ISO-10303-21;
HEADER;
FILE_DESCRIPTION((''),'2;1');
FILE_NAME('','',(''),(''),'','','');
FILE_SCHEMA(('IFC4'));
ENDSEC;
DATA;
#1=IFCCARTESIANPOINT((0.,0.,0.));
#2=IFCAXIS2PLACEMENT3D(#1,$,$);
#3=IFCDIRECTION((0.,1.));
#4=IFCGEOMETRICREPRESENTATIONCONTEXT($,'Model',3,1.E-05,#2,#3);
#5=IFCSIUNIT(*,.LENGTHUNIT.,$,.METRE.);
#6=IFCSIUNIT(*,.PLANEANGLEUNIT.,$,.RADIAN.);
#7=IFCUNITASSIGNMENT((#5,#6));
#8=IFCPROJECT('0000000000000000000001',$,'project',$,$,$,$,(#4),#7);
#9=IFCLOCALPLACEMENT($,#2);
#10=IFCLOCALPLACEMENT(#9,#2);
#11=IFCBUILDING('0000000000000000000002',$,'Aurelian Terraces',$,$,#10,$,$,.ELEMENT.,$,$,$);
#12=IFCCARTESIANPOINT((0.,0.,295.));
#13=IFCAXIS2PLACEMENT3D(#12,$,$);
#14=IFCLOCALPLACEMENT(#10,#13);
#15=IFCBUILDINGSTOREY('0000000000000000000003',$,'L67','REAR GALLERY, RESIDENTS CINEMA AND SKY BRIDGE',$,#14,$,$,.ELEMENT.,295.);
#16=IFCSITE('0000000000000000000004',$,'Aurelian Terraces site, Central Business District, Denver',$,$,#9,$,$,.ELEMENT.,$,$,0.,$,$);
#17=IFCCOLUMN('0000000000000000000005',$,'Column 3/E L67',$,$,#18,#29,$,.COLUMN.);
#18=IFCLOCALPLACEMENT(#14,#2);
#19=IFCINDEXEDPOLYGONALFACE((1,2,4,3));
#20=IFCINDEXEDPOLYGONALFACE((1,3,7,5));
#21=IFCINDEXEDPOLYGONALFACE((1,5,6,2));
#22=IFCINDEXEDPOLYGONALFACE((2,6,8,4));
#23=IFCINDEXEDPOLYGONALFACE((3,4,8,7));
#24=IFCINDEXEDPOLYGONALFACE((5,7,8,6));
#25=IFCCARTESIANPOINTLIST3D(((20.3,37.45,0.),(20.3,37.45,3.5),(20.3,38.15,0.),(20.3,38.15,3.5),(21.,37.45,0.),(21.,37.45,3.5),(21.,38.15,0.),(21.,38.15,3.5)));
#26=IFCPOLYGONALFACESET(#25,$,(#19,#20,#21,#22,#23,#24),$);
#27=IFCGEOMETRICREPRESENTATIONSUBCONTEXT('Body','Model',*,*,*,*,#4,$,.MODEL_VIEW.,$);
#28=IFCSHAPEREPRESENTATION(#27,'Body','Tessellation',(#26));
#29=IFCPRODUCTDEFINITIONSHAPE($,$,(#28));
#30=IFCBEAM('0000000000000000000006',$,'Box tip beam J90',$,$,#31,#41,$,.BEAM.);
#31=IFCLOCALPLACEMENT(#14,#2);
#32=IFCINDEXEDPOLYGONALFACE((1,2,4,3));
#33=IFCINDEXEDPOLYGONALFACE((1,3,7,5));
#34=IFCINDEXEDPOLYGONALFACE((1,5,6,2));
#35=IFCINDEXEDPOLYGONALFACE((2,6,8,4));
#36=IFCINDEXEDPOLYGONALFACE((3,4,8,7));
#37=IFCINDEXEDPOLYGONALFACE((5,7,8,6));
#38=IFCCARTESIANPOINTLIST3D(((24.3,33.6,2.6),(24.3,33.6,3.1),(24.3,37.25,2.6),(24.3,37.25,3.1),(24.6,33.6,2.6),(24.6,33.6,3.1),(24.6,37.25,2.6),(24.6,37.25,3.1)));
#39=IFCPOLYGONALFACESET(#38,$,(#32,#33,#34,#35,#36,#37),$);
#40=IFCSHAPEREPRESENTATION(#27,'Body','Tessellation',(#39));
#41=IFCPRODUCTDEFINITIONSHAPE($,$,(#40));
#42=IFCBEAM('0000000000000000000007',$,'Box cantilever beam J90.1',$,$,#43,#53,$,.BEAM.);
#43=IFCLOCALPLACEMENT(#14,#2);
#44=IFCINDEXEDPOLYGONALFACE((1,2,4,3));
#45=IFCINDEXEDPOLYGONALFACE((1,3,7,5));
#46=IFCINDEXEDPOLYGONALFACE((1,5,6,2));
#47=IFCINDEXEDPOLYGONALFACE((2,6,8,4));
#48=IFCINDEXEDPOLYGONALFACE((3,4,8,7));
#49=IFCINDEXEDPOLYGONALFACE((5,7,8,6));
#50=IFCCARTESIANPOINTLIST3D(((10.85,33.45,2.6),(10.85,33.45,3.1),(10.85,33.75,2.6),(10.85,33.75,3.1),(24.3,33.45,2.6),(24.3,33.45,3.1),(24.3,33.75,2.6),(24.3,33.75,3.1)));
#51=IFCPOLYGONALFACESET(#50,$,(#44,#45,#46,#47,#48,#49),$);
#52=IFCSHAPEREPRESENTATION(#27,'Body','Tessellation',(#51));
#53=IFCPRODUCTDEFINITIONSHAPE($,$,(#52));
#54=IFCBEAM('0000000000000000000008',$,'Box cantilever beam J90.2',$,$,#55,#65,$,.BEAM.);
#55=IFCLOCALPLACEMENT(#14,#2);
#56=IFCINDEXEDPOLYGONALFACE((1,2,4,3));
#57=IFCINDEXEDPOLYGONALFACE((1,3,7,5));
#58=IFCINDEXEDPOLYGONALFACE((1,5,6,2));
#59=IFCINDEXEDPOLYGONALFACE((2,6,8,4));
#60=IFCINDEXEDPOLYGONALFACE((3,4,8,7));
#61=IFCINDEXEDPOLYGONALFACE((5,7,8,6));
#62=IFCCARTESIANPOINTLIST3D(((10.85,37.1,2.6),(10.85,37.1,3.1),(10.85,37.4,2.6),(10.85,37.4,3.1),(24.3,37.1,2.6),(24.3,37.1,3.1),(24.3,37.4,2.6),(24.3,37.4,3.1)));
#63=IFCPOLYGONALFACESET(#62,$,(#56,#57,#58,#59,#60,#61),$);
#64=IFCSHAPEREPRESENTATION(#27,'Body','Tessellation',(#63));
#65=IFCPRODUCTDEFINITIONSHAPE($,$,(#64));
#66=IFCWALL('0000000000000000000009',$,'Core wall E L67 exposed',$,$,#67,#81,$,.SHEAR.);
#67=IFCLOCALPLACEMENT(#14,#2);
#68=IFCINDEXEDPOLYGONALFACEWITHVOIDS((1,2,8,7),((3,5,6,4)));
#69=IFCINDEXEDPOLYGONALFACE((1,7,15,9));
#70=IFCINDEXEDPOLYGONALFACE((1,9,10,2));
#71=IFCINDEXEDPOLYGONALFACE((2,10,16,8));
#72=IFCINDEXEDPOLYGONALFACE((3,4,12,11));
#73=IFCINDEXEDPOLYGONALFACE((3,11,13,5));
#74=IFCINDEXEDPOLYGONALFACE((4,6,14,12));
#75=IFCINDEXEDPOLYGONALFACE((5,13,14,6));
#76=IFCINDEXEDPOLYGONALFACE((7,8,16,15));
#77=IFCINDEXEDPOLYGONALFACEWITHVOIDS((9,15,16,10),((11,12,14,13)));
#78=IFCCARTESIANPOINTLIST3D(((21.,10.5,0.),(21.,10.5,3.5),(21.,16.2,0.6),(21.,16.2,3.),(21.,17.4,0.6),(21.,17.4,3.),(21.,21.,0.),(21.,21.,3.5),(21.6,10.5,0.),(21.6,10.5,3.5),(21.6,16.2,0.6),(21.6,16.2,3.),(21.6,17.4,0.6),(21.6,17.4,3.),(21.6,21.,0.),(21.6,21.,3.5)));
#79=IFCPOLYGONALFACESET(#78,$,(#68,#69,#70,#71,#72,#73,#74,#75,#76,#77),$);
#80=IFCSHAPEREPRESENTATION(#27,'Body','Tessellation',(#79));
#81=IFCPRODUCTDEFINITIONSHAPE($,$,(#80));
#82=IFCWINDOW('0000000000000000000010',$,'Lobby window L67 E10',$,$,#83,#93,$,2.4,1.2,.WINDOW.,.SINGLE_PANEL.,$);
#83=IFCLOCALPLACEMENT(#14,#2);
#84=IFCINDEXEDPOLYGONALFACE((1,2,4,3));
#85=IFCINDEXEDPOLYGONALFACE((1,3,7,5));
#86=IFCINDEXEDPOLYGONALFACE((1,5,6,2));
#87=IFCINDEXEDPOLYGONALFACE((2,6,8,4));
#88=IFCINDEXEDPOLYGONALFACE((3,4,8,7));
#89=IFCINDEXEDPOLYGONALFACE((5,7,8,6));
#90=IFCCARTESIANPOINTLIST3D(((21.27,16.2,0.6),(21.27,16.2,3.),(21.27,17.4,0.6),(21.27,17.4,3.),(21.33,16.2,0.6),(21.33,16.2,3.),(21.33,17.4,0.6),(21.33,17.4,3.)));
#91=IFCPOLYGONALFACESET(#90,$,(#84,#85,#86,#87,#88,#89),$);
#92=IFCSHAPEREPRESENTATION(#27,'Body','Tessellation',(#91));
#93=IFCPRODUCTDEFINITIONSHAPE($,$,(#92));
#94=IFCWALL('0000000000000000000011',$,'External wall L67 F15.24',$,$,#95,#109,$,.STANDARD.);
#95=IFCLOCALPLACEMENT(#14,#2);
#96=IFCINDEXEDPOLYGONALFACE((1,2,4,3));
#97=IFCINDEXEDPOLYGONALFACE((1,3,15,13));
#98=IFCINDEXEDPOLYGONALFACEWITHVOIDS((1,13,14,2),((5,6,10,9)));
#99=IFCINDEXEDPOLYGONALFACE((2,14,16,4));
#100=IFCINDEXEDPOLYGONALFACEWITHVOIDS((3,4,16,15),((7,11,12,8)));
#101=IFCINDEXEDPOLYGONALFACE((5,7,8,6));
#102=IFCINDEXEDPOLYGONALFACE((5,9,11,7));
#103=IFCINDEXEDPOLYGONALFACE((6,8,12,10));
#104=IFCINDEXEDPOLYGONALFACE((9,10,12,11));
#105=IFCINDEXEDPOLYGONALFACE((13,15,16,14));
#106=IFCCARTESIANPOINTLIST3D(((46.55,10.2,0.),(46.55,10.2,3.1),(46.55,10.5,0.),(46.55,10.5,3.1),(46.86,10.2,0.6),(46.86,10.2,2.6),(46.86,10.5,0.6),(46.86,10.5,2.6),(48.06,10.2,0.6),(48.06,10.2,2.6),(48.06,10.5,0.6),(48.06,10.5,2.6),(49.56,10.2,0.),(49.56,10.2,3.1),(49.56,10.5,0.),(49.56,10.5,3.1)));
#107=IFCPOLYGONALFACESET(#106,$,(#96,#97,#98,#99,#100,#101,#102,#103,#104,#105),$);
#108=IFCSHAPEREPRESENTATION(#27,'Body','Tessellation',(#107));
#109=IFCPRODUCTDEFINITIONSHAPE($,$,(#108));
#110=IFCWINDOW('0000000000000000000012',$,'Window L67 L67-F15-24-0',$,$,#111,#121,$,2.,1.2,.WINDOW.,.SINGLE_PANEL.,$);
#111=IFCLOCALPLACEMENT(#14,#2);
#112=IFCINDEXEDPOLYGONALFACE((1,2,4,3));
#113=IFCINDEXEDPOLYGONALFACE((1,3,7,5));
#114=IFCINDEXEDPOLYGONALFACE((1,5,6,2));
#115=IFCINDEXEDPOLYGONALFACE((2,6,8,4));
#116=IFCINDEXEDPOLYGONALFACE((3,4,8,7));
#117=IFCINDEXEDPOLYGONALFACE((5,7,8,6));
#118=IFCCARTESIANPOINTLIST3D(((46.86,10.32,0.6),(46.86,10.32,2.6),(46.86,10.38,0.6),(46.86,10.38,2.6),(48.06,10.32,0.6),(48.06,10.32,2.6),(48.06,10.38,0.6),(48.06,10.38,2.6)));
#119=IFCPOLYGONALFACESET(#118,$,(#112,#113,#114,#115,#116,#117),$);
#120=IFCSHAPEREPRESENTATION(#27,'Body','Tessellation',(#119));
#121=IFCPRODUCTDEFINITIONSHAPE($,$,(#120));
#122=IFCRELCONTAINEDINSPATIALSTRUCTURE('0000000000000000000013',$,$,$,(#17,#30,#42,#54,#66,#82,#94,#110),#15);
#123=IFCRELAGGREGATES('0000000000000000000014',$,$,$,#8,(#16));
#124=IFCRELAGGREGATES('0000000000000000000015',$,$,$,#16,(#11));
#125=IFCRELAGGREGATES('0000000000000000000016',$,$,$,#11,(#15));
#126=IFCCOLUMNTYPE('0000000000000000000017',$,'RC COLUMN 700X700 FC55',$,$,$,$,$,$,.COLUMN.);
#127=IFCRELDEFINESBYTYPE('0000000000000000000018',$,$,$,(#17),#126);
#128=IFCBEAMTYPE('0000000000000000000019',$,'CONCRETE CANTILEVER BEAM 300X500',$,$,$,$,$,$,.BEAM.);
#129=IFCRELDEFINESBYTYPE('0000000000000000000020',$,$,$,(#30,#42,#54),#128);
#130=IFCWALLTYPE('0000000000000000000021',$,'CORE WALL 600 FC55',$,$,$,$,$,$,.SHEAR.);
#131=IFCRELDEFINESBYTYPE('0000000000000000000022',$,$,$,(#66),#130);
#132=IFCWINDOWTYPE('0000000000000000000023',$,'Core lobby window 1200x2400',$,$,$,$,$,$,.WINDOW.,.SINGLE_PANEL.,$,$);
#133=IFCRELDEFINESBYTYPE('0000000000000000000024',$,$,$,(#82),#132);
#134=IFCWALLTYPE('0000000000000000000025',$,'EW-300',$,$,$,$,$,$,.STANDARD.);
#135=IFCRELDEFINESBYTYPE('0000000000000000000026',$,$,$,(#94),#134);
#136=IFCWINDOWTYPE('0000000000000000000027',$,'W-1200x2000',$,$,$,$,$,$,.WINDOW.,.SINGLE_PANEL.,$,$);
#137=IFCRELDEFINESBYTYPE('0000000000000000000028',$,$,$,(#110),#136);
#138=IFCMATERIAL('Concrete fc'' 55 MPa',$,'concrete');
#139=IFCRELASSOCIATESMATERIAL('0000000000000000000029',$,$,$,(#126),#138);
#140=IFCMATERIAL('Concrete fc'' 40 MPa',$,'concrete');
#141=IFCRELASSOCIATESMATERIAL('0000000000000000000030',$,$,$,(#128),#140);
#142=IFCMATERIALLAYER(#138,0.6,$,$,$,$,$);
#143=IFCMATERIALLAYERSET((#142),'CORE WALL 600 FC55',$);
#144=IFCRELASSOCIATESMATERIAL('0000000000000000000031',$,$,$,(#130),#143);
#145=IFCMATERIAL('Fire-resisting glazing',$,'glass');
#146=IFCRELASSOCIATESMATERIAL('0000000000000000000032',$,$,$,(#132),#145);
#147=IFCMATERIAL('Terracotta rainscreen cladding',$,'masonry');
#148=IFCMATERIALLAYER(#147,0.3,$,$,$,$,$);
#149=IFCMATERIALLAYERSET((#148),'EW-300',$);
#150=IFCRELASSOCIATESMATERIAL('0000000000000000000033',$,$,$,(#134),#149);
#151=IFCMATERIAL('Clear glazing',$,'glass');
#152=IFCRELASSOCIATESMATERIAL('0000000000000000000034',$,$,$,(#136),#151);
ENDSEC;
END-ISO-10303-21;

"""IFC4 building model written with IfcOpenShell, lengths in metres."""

from ifc_helpers import new_model, si_unit, direction, frame, frame_2d, origin, origin_2d, place, context, subcontext, project, spatial, rectangle, extrude, source, transform, mapped, material, layer, layer_set, material_profile, profile_set, type_object, element, fill, save


model = new_model("IFC4")

# Units and contexts
model_context = context("Model", 3, precision=1e-05, world=origin(), true_north=direction((0.0, 1.0)))
body_context = subcontext(model_context, "Body", "Model", "MODEL_VIEW")
ifc_project = project(units=[si_unit("LENGTHUNIT", "METRE"), si_unit("PLANEANGLEUNIT", "RADIAN")], contexts=[model_context])

# Site, building, storey
site_placement = place(None, origin())
site = spatial("IfcSite", under=ifc_project, at=site_placement, Name="Aurelian Terraces site, Central Business District, Denver", CompositionType="ELEMENT", RefElevation=0.0)
building_placement = place(site_placement, origin())
building = spatial("IfcBuilding", under=site, at=building_placement, Name="Aurelian Terraces", CompositionType="ELEMENT")
storey_placement = place(building_placement, frame((0.0, 0.0, 295.0)))
storey = spatial("IfcBuildingStorey", under=building, at=storey_placement, Name="L67", Description="REAR GALLERY, RESIDENTS CINEMA AND SKY BRIDGE", CompositionType="ELEMENT", Elevation=295.0)

# Column
ifc_material_1 = material(Name="Concrete fc' 55 MPa", Category="concrete")
ifc_material_profile_1 = material_profile(ifc_material_1, rectangle(XDim=0.7, YDim=0.7, at=origin_2d()))
ifc_profile_set_1 = profile_set([ifc_material_profile_1], Name="Concrete fc' 55 MPa")
column_type = type_object("IfcColumnType", Name="RC COLUMN 700X700 FC55", PredefinedType="COLUMN", material=ifc_profile_set_1)
shared_shape_1 = source(origin(), body_context, "Body", "SweptSolid", [
    extrude(rectangle(XDim=0.7, YDim=0.7, at=origin_2d()), origin(), (0.0, 0.0, 1.0), 3.5),
])
column_placement = place(storey_placement, frame((20.65, 37.8, 0.0), z_axis=(0.0, 0.0, 1.0), x_axis=(1.0, 0.0, 0.0)))
element("IfcColumn", 1, at=column_placement, inside=storey, type_object=column_type, Name="Column 3/E L67", PredefinedType="COLUMN", context=body_context, shape_type="MappedRepresentation", body=[
    mapped(shared_shape_1, transform((0.0, 0.0, 0.0), scale=1.0)),
])

# Beams
ifc_material_2 = material(Name="Concrete fc' 40 MPa", Category="concrete")
ifc_material_profile_2 = material_profile(ifc_material_2, rectangle(XDim=0.3, YDim=0.5, at=origin_2d()))
ifc_profile_set_2 = profile_set([ifc_material_profile_2], Name="Concrete fc' 40 MPa")
beam_type = type_object("IfcBeamType", Name="CONCRETE CANTILEVER BEAM 300X500", PredefinedType="BEAM", material=ifc_profile_set_2)
beam_placement = place(storey_placement, frame((24.45, 33.6, 2.85), z_axis=(0.0, 1.0, 0.0), x_axis=(-1.0, 0.0, 0.0)))
element("IfcBeam", 2, at=beam_placement, inside=storey, type_object=beam_type, Name="Box tip beam J90", PredefinedType="BEAM", context=body_context, shape_type="SweptSolid", body=[
    extrude(rectangle(XDim=0.3, YDim=0.5, at=origin_2d()), origin(), (0.0, 0.0, 1.0), 3.65),
])
shared_shape_2 = source(origin(), body_context, "Body", "SweptSolid", [
    extrude(rectangle(XDim=0.3, YDim=0.5, at=origin_2d()), origin(), (0.0, 0.0, 1.0), 13.45),
])
for number, where, z_axis, x_axis, name in (
    (3, (24.3, 33.6, 2.85), (-1.0, 0.0, 0.0), (0.0, -1.0, 0.0), "Box cantilever beam J90.1"),
    (4, (24.3, 37.25, 2.85), (-1.0, 0.0, 0.0), (0.0, -1.0, 0.0), "Box cantilever beam J90.2"),
):
    element("IfcBeam", number, at=place(storey_placement, frame(where, z_axis=z_axis, x_axis=x_axis)), inside=storey, type_object=beam_type, Name=name, PredefinedType="BEAM", context=body_context, shape_type="MappedRepresentation", body=[
        mapped(shared_shape_2, transform((0.0, 0.0, 0.0), scale=1.0)),
    ])

# Walls, openings, windows
ifc_layer_1 = layer(ifc_material_1, 0.6)
ifc_layer_set_1 = layer_set([ifc_layer_1], Name="CORE WALL 600 FC55")
wall_type_1 = type_object("IfcWallType", Name="CORE WALL 600 FC55", PredefinedType="SHEAR", material=ifc_layer_set_1)
shared_shape_3 = source(origin(), body_context, "Body", "SweptSolid", [
    extrude(rectangle(XDim=10.5, YDim=0.6, at=frame_2d((5.25, 0.0))), origin(), (0.0, 0.0, 1.0), 3.5),
])
wall_1_placement = place(storey_placement, frame((21.3, 10.5, 0.0), z_axis=(0.0, 0.0, 1.0), x_axis=(0.0, 1.0, 0.0)))
wall_1 = element("IfcWall", 5, at=wall_1_placement, inside=storey, type_object=wall_type_1, Name="Core wall E L67 exposed", PredefinedType="SHEAR", context=body_context, shape_type="MappedRepresentation", body=[
    mapped(shared_shape_3, transform((0.0, 0.0, 0.0), scale=1.0)),
])
shared_shape_4 = source(origin(), body_context, "Body", "SweptSolid", [
    extrude(rectangle(XDim=1.2, YDim=2.4, at=frame_2d((0.6, 1.2))), frame((0.0, 0.31, 0.0), z_axis=(0.0, -1.0, 0.0), x_axis=(1.0, 0.0, 0.0)), (0.0, 0.0, 1.0), 0.62),
])
opening_1_placement = place(wall_1_placement, frame((5.7, 0.0, 0.6)))
opening_1 = element("IfcOpeningElement", 6, at=opening_1_placement, cuts=wall_1, PredefinedType="OPENING", context=body_context, shape_type="MappedRepresentation", body=[
    mapped(shared_shape_4, transform((0.0, 0.0, 0.0), scale=1.0)),
])
ifc_material_3 = material(Name="Fire-resisting glazing", Category="glass")
window_type_1 = type_object("IfcWindowType", Name="Core lobby window 1200x2400", PartitioningType="SINGLE_PANEL", PredefinedType="WINDOW", material=ifc_material_3)
shared_shape_5 = source(origin(), body_context, "Body", "SweptSolid", [
    extrude(rectangle(XDim=1.2, YDim=2.4, at=frame_2d((0.6, 1.2))), frame((0.0, 0.03, 0.0), z_axis=(0.0, -1.0, 0.0), x_axis=(1.0, 0.0, 0.0)), (0.0, 0.0, 1.0), 0.06),
])
window_1_placement = place(opening_1_placement, origin())
window_1 = element("IfcWindow", 7, at=window_1_placement, inside=storey, type_object=window_type_1, Name="Lobby window L67 E10", OverallHeight=2.4, OverallWidth=1.2, PartitioningType="SINGLE_PANEL", PredefinedType="WINDOW", context=body_context, shape_type="MappedRepresentation", body=[
    mapped(shared_shape_5, transform((0.0, 0.0, 0.0), scale=1.0)),
])
fill(opening_1, window_1)
ifc_material_4 = material(Name="Terracotta rainscreen cladding", Category="masonry")
ifc_layer_2 = layer(ifc_material_4, 0.3)
ifc_layer_set_2 = layer_set([ifc_layer_2], Name="EW-300")
wall_type_2 = type_object("IfcWallType", Name="EW-300", PredefinedType="STANDARD", material=ifc_layer_set_2)
shared_shape_6 = source(origin(), body_context, "Body", "SweptSolid", [
    extrude(rectangle(XDim=3.01, YDim=0.3, at=frame_2d((1.505, 0.0))), origin(), (0.0, 0.0, 1.0), 3.1),
])
wall_2_placement = place(storey_placement, frame((49.56, 10.35, 0.0), z_axis=(0.0, 0.0, 1.0), x_axis=(-1.0, 0.0, 0.0)))
wall_2 = element("IfcWall", 8, at=wall_2_placement, inside=storey, type_object=wall_type_2, Name="External wall L67 F15.24", PredefinedType="STANDARD", context=body_context, shape_type="MappedRepresentation", body=[
    mapped(shared_shape_6, transform((0.0, 0.0, 0.0), scale=1.0)),
])
shared_shape_7 = source(origin(), body_context, "Body", "SweptSolid", [
    extrude(rectangle(XDim=1.2, YDim=2.0, at=frame_2d((0.6, 1.0))), frame((0.0, 0.16, 0.0), z_axis=(0.0, -1.0, 0.0), x_axis=(1.0, 0.0, 0.0)), (0.0, 0.0, 1.0), 0.32),
])
opening_2_placement = place(wall_2_placement, frame((1.5, 0.0, 0.6)))
opening_2 = element("IfcOpeningElement", 9, at=opening_2_placement, cuts=wall_2, PredefinedType="OPENING", context=body_context, shape_type="MappedRepresentation", body=[
    mapped(shared_shape_7, transform((0.0, 0.0, 0.0), scale=1.0)),
])
ifc_material_5 = material(Name="Clear glazing", Category="glass")
window_type_2 = type_object("IfcWindowType", Name="W-1200x2000", PartitioningType="SINGLE_PANEL", PredefinedType="WINDOW", material=ifc_material_5)
shared_shape_8 = source(origin(), body_context, "Body", "SweptSolid", [
    extrude(rectangle(XDim=1.2, YDim=2.0, at=frame_2d((0.6, 1.0))), frame((0.0, 0.03, 0.0), z_axis=(0.0, -1.0, 0.0), x_axis=(1.0, 0.0, 0.0)), (0.0, 0.0, 1.0), 0.06),
])
window_2_placement = place(opening_2_placement, origin())
window_2 = element("IfcWindow", 10, at=window_2_placement, inside=storey, type_object=window_type_2, Name="Window L67 L67-F15-24-0", OverallHeight=2.0, OverallWidth=1.2, PartitioningType="SINGLE_PANEL", PredefinedType="WINDOW", context=body_context, shape_type="MappedRepresentation", body=[
    mapped(shared_shape_8, transform((0.0, 0.0, 0.0), scale=1.0)),
])
fill(opening_2, window_2)

save(model, "model.ifc")
